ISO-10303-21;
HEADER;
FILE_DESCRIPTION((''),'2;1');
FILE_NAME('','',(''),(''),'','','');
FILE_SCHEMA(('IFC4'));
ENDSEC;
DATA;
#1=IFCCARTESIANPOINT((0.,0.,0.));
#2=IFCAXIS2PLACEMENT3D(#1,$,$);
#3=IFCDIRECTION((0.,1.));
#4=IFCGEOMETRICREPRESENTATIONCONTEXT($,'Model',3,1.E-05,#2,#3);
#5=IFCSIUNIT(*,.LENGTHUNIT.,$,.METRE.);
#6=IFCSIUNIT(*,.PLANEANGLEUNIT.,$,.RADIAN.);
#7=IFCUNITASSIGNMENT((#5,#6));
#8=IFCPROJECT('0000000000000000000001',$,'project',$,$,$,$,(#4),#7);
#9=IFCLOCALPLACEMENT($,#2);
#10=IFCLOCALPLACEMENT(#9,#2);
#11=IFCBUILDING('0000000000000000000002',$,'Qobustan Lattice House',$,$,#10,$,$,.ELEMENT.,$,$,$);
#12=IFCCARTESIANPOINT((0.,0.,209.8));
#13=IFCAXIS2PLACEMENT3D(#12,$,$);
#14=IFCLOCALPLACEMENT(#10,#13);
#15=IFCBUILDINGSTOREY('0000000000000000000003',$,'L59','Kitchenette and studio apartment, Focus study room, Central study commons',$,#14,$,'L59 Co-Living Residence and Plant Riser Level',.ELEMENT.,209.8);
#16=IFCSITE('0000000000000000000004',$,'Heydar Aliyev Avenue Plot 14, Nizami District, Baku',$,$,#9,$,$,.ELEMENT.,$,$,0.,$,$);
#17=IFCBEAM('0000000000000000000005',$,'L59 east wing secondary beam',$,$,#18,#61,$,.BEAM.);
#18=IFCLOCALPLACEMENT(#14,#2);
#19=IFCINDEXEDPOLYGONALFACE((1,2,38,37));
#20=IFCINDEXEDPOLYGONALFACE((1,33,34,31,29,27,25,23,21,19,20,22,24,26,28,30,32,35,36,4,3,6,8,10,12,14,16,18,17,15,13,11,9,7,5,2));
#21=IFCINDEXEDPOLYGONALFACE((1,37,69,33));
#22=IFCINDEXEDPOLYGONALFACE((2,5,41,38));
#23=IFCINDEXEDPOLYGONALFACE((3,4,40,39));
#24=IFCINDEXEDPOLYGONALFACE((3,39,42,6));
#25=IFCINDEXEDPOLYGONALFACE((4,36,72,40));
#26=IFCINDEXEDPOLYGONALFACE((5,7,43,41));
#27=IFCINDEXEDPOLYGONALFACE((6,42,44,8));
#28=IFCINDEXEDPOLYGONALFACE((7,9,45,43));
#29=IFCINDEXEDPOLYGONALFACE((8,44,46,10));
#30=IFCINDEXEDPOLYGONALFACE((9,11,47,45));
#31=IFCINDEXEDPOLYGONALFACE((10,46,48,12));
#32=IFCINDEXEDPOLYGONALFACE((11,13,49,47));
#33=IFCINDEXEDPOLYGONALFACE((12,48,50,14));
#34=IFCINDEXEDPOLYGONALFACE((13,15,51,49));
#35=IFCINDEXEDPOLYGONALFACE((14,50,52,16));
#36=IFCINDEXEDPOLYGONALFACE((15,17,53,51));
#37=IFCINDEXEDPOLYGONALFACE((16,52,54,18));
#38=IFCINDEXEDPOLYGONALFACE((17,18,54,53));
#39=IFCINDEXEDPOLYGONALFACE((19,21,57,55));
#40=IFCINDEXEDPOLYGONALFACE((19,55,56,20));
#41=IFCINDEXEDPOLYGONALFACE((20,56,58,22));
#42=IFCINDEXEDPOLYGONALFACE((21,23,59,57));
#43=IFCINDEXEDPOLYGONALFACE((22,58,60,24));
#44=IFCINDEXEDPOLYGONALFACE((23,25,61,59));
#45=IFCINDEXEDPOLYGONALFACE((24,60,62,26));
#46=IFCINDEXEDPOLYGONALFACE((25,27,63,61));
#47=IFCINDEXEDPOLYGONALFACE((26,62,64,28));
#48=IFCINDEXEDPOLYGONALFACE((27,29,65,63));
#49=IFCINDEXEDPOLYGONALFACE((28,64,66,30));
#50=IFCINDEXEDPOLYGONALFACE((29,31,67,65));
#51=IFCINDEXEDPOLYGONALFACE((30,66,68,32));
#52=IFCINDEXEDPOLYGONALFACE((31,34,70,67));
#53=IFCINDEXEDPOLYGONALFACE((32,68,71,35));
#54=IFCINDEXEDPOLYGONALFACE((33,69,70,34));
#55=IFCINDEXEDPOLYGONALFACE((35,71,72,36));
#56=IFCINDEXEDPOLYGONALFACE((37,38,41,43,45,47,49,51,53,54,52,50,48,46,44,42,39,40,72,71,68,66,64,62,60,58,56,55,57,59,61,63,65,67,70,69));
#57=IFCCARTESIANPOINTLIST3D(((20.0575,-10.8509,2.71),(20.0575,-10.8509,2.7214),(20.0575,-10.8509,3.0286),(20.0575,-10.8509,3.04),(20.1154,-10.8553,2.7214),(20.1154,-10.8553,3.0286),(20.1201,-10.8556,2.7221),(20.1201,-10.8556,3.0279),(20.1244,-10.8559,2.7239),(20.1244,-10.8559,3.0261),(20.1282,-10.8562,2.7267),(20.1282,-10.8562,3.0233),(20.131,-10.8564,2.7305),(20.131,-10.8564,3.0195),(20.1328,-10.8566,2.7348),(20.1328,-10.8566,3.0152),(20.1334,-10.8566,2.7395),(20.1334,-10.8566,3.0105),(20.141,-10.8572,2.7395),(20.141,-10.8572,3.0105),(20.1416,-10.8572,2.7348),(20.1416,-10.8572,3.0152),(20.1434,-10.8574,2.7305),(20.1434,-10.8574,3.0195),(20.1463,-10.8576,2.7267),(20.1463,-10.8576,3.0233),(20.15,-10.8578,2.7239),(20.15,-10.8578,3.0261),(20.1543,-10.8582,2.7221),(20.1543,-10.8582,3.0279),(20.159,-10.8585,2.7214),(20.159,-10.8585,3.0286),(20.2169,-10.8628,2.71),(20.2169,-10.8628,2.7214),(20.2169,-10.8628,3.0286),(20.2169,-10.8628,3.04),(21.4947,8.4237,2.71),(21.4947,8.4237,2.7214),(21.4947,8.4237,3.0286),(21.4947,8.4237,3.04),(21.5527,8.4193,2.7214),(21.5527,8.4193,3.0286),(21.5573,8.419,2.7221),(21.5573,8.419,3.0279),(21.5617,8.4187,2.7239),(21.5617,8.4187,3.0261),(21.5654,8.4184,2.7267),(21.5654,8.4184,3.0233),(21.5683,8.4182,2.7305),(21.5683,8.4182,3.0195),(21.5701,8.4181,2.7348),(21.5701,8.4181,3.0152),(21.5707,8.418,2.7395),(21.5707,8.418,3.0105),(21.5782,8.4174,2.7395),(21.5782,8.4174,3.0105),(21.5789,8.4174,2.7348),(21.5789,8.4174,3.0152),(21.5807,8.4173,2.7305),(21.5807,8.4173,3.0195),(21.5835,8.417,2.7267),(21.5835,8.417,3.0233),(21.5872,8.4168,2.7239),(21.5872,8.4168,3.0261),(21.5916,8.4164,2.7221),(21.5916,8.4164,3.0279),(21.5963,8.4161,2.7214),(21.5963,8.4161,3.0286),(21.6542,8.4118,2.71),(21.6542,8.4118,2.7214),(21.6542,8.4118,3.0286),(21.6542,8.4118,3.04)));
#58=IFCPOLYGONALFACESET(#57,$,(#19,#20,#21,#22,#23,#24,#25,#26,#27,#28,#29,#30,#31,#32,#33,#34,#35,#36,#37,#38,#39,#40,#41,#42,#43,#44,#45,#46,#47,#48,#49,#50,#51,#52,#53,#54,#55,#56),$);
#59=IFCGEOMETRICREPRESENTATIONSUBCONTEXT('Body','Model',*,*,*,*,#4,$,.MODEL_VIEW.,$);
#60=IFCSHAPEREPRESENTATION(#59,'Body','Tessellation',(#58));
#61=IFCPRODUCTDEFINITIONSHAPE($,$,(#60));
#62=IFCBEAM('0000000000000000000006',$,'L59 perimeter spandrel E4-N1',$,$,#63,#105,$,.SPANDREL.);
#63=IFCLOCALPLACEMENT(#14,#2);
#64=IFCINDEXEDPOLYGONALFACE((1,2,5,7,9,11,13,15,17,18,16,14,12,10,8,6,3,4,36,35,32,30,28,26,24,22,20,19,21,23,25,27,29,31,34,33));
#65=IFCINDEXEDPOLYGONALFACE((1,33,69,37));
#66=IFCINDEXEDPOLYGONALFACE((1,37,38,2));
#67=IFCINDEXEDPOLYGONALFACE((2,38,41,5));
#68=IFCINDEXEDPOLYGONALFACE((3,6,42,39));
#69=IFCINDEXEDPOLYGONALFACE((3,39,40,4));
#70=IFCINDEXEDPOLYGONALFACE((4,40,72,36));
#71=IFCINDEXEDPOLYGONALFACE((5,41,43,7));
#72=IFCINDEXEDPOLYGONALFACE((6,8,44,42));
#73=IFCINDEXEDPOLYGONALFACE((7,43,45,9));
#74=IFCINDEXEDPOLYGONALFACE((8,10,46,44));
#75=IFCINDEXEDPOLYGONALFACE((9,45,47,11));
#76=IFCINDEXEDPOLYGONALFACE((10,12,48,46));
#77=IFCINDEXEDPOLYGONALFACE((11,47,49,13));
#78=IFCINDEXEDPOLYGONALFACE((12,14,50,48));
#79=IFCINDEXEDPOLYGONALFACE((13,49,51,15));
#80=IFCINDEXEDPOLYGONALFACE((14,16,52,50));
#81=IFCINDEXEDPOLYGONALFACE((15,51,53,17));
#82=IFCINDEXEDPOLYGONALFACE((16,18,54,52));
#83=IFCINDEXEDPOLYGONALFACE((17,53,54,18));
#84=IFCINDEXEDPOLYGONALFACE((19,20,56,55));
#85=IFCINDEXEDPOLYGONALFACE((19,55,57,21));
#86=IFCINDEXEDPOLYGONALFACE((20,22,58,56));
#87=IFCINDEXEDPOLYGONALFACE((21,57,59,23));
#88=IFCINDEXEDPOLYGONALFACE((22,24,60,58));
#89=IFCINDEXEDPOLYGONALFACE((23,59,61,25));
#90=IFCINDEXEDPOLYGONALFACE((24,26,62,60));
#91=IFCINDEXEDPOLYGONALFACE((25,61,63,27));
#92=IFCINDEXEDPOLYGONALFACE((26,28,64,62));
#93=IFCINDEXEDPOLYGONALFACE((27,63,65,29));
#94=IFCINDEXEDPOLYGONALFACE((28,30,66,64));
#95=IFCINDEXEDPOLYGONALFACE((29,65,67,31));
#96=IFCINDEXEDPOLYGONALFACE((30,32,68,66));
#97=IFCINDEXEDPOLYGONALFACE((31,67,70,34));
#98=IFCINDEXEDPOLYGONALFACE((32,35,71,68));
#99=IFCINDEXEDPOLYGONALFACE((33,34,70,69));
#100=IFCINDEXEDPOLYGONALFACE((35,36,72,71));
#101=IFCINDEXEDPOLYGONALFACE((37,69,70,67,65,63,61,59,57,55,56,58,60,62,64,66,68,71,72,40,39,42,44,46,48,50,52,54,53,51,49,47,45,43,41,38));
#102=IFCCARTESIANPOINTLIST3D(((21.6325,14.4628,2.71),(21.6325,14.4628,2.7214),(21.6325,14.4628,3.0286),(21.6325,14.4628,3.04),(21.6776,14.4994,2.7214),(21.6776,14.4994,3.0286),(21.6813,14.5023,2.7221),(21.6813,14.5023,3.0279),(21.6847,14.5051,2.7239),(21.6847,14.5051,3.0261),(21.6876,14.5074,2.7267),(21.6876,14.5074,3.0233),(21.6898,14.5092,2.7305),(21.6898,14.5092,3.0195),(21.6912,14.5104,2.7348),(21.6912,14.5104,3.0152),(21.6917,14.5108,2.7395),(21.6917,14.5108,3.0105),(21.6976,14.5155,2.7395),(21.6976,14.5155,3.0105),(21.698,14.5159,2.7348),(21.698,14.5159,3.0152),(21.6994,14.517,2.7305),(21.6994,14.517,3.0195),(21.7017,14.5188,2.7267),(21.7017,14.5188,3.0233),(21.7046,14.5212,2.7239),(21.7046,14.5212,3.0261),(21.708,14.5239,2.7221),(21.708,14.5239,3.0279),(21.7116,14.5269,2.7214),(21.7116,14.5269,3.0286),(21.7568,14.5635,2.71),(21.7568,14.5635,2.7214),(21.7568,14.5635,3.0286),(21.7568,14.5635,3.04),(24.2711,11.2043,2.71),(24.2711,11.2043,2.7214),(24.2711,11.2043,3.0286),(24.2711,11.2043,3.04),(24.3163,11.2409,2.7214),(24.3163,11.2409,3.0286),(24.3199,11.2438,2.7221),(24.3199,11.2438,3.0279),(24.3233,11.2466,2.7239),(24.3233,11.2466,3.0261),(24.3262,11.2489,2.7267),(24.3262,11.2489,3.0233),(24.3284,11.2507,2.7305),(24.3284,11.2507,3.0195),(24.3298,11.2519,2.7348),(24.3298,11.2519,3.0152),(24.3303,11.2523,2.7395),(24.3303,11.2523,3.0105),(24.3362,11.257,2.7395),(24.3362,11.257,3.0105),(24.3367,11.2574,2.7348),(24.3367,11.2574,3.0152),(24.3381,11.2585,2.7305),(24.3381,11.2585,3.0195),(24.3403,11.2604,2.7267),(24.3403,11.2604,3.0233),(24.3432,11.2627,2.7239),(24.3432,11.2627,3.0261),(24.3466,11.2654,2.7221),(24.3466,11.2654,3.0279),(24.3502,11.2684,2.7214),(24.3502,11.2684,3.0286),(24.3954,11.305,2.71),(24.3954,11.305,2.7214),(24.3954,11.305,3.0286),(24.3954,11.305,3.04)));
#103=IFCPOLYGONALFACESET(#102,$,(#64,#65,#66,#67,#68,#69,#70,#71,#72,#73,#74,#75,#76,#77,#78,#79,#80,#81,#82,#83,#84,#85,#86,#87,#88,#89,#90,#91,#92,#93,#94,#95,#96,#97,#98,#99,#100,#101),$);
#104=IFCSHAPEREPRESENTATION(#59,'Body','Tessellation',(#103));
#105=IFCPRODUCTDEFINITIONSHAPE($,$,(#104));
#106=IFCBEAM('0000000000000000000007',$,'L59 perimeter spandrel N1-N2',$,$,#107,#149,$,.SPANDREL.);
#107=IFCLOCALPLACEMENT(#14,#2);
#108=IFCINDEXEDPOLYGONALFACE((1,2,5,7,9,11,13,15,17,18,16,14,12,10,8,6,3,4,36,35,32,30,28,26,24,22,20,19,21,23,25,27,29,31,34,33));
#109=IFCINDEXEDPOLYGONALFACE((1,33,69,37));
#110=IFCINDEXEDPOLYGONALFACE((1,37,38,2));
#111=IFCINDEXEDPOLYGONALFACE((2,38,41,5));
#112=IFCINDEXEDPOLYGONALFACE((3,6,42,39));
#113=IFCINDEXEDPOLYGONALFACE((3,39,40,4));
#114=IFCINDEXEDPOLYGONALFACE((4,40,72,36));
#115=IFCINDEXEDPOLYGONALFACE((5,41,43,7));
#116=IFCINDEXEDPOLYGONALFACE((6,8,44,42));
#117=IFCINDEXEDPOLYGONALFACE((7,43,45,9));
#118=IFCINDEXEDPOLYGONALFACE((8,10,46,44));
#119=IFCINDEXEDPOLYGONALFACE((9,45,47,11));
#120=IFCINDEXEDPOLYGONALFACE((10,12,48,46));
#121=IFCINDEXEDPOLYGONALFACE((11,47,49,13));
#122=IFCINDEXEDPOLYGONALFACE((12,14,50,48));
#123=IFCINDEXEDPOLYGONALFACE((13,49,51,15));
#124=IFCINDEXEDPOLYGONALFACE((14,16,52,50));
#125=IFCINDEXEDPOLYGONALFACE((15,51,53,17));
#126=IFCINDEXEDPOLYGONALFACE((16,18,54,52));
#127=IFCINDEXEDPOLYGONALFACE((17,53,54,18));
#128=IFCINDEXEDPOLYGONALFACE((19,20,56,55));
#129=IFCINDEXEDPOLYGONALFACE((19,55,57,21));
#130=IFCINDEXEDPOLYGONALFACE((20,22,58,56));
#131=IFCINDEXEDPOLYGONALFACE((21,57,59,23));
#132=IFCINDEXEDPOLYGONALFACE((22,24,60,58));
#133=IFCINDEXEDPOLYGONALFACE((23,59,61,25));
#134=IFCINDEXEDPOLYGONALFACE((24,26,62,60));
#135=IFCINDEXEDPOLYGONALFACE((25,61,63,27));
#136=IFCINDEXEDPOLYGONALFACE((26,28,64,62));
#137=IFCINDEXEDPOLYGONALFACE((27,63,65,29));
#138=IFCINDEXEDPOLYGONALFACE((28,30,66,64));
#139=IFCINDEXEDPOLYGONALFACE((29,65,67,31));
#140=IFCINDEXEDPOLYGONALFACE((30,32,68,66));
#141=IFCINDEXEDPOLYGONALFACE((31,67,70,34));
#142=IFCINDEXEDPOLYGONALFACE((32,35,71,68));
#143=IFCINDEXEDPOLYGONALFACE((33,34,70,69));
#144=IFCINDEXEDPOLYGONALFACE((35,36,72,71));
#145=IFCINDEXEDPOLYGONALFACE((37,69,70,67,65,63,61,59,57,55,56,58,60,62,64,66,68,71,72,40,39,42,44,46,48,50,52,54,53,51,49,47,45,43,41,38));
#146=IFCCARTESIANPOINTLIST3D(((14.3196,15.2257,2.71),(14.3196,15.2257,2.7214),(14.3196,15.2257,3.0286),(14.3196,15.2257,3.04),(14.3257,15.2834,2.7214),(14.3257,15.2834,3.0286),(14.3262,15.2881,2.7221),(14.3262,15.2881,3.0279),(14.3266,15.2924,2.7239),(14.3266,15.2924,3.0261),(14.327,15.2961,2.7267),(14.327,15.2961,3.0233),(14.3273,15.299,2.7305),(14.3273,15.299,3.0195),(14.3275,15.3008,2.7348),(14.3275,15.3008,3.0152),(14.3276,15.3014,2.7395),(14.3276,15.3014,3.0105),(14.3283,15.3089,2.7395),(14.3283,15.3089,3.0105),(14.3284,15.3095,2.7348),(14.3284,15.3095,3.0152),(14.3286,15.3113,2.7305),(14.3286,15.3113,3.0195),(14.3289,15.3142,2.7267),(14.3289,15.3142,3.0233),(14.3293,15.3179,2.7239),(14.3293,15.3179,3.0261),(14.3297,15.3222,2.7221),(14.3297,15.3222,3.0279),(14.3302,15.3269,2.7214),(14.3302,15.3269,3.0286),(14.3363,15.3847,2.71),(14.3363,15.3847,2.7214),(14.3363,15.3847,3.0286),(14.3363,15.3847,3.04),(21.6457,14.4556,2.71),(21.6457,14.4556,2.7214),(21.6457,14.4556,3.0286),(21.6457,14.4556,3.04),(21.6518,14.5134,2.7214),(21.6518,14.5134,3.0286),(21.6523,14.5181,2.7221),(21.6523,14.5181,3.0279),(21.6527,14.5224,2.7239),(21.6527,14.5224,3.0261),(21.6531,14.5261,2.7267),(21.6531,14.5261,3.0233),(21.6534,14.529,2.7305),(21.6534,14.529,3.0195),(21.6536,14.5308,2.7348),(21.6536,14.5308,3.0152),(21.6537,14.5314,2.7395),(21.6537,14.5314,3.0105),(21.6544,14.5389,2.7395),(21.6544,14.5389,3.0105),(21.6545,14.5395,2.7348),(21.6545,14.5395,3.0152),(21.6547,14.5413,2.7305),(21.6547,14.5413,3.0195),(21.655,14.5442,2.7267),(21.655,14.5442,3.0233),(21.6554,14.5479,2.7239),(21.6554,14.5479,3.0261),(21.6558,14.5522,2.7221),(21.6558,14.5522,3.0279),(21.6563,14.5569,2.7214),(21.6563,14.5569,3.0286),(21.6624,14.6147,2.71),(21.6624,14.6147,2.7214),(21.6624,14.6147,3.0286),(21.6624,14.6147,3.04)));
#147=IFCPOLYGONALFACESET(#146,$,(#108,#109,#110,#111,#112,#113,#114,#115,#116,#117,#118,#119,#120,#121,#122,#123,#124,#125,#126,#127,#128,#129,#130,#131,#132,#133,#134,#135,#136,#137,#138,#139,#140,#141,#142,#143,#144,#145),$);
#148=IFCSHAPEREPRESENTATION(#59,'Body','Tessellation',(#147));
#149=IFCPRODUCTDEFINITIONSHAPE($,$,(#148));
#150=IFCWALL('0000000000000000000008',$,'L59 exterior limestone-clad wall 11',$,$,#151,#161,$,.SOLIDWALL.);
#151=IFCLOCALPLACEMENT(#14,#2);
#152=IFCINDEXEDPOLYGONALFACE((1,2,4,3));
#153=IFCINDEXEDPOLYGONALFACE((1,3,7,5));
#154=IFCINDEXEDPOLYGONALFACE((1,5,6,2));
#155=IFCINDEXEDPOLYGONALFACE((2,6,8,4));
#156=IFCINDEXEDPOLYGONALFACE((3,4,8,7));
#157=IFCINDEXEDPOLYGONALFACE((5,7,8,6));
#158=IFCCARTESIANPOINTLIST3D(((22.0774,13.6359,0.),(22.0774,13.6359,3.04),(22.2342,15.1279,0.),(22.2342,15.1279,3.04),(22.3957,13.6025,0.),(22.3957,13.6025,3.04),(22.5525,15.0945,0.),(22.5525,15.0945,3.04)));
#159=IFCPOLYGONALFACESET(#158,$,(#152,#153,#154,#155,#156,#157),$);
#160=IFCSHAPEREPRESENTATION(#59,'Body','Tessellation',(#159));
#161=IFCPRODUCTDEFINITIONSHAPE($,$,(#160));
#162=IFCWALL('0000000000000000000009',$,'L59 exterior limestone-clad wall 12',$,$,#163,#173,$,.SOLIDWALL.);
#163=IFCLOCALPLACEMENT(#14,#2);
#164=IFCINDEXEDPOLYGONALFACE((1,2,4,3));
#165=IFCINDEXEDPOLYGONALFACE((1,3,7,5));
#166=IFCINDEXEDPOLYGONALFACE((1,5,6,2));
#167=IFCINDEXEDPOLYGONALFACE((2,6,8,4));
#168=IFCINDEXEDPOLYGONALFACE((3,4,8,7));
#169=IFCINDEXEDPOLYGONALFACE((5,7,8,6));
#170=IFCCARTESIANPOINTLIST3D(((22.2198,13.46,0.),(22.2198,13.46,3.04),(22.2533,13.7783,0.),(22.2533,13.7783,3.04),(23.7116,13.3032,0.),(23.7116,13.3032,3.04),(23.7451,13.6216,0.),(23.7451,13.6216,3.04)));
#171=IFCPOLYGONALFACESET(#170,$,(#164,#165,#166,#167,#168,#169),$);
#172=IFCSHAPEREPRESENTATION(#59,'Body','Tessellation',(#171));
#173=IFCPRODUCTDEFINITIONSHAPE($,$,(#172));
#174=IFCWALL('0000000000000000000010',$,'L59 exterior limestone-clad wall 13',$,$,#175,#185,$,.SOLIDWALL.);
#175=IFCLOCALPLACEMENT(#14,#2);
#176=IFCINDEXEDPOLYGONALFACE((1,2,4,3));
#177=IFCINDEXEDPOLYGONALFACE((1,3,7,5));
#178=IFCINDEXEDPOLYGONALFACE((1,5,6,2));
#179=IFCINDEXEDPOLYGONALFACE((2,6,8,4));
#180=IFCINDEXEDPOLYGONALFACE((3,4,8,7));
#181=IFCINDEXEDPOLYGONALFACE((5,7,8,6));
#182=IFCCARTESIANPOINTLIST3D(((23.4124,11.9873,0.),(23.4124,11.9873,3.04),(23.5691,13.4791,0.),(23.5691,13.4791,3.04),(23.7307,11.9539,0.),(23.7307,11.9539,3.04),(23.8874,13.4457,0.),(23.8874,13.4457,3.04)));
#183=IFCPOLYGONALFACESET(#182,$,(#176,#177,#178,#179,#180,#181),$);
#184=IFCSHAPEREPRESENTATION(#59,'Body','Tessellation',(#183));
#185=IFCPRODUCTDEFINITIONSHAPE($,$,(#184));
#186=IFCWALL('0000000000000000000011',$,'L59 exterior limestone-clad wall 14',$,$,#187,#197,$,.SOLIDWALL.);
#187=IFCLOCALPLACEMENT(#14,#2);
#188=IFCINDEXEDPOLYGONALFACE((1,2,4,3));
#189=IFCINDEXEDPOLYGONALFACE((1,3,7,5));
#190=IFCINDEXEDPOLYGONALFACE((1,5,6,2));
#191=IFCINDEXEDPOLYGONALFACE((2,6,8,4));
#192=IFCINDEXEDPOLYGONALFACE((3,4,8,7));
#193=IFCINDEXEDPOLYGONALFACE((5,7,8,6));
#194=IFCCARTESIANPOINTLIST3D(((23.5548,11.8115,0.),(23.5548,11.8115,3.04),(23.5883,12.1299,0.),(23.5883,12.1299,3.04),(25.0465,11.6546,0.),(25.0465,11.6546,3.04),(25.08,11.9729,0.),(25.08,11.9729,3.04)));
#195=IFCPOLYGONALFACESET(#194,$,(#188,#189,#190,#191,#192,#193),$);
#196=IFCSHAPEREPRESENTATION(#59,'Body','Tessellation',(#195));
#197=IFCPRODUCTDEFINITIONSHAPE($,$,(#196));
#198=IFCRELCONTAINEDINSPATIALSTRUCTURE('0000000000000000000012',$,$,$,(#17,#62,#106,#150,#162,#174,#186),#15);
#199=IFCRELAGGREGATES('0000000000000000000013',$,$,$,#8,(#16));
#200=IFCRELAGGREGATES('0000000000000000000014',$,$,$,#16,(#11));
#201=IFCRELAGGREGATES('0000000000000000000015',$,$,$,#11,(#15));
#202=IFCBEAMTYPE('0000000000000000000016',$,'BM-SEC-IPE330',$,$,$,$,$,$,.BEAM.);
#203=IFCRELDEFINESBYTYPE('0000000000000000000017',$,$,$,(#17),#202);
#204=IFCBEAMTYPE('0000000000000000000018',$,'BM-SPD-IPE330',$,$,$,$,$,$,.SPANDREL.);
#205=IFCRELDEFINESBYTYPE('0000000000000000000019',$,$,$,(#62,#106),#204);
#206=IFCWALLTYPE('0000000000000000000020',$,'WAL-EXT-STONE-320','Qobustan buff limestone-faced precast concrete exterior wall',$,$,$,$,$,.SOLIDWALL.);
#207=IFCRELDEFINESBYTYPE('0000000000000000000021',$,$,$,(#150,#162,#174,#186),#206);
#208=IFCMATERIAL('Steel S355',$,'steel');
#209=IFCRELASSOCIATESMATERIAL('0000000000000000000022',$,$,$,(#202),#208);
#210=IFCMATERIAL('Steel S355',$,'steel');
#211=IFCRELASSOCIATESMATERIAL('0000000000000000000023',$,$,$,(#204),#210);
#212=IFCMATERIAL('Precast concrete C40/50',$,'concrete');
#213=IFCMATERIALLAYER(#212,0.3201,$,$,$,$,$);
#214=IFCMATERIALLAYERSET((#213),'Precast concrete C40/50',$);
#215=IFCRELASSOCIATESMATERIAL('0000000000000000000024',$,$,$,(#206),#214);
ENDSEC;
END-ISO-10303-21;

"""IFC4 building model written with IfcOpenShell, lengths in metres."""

from ifc_helpers import new_model, si_unit, direction, frame, frame_2d, origin, origin_2d, place, context, subcontext, project, spatial, rectangle, i_section, extrude, material, layer, layer_set, material_profile, profile_set, type_object, element, save


model = new_model("IFC4")

# Units and contexts
model_context = context("Model", 3, precision=1e-05, world=origin(), true_north=direction((0.0, 1.0)))
body_context = subcontext(model_context, "Body", "Model", "MODEL_VIEW")
ifc_project = project(units=[si_unit("LENGTHUNIT", "METRE"), si_unit("PLANEANGLEUNIT", "RADIAN")], contexts=[model_context])

# Site, building, storey
site_placement = place(None, origin())
site = spatial("IfcSite", under=ifc_project, at=site_placement, Name="Heydar Aliyev Avenue Plot 14, Nizami District, Baku", CompositionType="ELEMENT", RefElevation=0.0)
building_placement = place(site_placement, origin())
building = spatial("IfcBuilding", under=site, at=building_placement, Name="Qobustan Lattice House", CompositionType="ELEMENT")
storey_placement = place(building_placement, frame((0.0, 0.0, 209.8)))
storey = spatial("IfcBuildingStorey", under=building, at=storey_placement, Name="L59", Description="Kitchenette and studio apartment, Focus study room, Central study commons", LongName="L59 Co-Living Residence and Plant Riser Level", CompositionType="ELEMENT", Elevation=209.8)

# Beams
ifc_material_1 = material(Name="Steel S355", Category="steel")
ifc_material_profile_1 = material_profile(ifc_material_1, i_section(OverallWidth=0.1599, OverallDepth=0.3301, WebThickness=0.0076, FlangeThickness=0.0115, FilletRadius=0.0181, at=origin_2d()), Name="IPE330")
ifc_profile_set_1 = profile_set([ifc_material_profile_1], Name="Steel S355")
beam_type_1 = type_object("IfcBeamType", Name="BM-SEC-IPE330", PredefinedType="BEAM", material=ifc_profile_set_1)
beam_1_placement = place(storey_placement, frame((21.5745, 8.4177, 2.875), z_axis=(-0.074361, -0.997231, 0.0), x_axis=(0.997231, -0.074361, 0.0)))
element("IfcBeam", 1, at=beam_1_placement, inside=storey, type_object=beam_type_1, Name="L59 east wing secondary beam", PredefinedType="BEAM", context=body_context, shape_type="SweptSolid", body=[
    extrude(i_section(OverallWidth=0.1599, OverallDepth=0.3301, WebThickness=0.0076, FlangeThickness=0.0115, FilletRadius=0.0181, at=origin_2d()), origin(), (0.0, 0.0, 1.0), 19.3281),
])
ifc_material_2 = material(Name="Steel S355", Category="steel")
ifc_material_profile_2 = material_profile(ifc_material_2, i_section(OverallWidth=0.1599, OverallDepth=0.3301, WebThickness=0.0076, FlangeThickness=0.0115, FilletRadius=0.0181, at=origin_2d()), Name="IPE330")
ifc_profile_set_2 = profile_set([ifc_material_profile_2], Name="Steel S355")
beam_type_2 = type_object("IfcBeamType", Name="BM-SPD-IPE330", PredefinedType="SPANDREL", material=ifc_profile_set_2)
beam_2_placement = place(storey_placement, frame((24.3333, 11.2546, 2.875), z_axis=(-0.629314, 0.777151, 0.0), x_axis=(-0.777151, -0.629314, 0.0)))
element("IfcBeam", 2, at=beam_2_placement, inside=storey, type_object=beam_type_2, Name="L59 perimeter spandrel E4-N1", PredefinedType="SPANDREL", context=body_context, shape_type="SweptSolid", body=[
    extrude(i_section(OverallWidth=0.1599, OverallDepth=0.3301, WebThickness=0.0076, FlangeThickness=0.0115, FilletRadius=0.0181, at=origin_2d()), origin(), (0.0, 0.0, 1.0), 4.1929),
])
beam_3_placement = place(storey_placement, frame((21.6541, 14.5352, 2.875), z_axis=(-0.994522, 0.10453, 0.0), x_axis=(-0.10453, -0.994522, 0.0)))
element("IfcBeam", 3, at=beam_3_placement, inside=storey, type_object=beam_type_2, Name="L59 perimeter spandrel N1-N2", PredefinedType="SPANDREL", context=body_context, shape_type="SweptSolid", body=[
    extrude(i_section(OverallWidth=0.1599, OverallDepth=0.3301, WebThickness=0.0076, FlangeThickness=0.0115, FilletRadius=0.0181, at=origin_2d()), origin(), (0.0, 0.0, 1.0), 7.3665),
])

# Walls
ifc_material_3 = material(Name="Precast concrete C40/50", Category="concrete")
ifc_layer_1 = layer(ifc_material_3, 0.3201)
ifc_layer_set_1 = layer_set([ifc_layer_1], Name="Precast concrete C40/50")
wall_type_1 = type_object("IfcWallType", Name="WAL-EXT-STONE-320", Description="Qobustan buff limestone-faced precast concrete exterior wall", PredefinedType="SOLIDWALL", material=ifc_layer_set_1)
wall_1_placement = place(storey_placement, frame((22.3933, 15.1111, 0.0), z_axis=(0.0, 0.0, 1.0), x_axis=(-0.104481, -0.994527, 0.0)))
element("IfcWall", 4, at=wall_1_placement, inside=storey, type_object=wall_type_1, Name="L59 exterior limestone-clad wall 11", PredefinedType="SOLIDWALL", context=body_context, shape_type="SweptSolid", body=[
    extrude(rectangle(XDim=1.5002, YDim=0.3201, at=frame_2d((0.75, 0.0))), origin(), (0.0, 0.0, 1.0), 3.04),
])
for number, where, z_axis, x_axis, name in (
    (5, (22.2366, 13.6191, 0.0), (0.0, 0.0, 1.0), (0.994525, -0.104498, 0.0), "L59 exterior limestone-clad wall 12"),
    (6, (23.7283, 13.4624, 0.0), (0.0, 0.0, 1.0), (-0.104498, -0.994525, 0.0), "L59 exterior limestone-clad wall 13"),
    (7, (23.5715, 11.9707, 0.0), (0.0, 0.0, 1.0), (0.994508, -0.104659, 0.0), "L59 exterior limestone-clad wall 14"),
):
    element("IfcWall", number, at=place(storey_placement, frame(where, z_axis=z_axis, x_axis=x_axis)), inside=storey, type_object=wall_type_1, Name=name, PredefinedType="SOLIDWALL", context=body_context, shape_type="SweptSolid", body=[
        extrude(rectangle(XDim=1.5, YDim=0.3201, at=frame_2d((0.75, 0.0))), origin(), (0.0, 0.0, 1.0), 3.04),
    ])

save(model, "model.ifc")
